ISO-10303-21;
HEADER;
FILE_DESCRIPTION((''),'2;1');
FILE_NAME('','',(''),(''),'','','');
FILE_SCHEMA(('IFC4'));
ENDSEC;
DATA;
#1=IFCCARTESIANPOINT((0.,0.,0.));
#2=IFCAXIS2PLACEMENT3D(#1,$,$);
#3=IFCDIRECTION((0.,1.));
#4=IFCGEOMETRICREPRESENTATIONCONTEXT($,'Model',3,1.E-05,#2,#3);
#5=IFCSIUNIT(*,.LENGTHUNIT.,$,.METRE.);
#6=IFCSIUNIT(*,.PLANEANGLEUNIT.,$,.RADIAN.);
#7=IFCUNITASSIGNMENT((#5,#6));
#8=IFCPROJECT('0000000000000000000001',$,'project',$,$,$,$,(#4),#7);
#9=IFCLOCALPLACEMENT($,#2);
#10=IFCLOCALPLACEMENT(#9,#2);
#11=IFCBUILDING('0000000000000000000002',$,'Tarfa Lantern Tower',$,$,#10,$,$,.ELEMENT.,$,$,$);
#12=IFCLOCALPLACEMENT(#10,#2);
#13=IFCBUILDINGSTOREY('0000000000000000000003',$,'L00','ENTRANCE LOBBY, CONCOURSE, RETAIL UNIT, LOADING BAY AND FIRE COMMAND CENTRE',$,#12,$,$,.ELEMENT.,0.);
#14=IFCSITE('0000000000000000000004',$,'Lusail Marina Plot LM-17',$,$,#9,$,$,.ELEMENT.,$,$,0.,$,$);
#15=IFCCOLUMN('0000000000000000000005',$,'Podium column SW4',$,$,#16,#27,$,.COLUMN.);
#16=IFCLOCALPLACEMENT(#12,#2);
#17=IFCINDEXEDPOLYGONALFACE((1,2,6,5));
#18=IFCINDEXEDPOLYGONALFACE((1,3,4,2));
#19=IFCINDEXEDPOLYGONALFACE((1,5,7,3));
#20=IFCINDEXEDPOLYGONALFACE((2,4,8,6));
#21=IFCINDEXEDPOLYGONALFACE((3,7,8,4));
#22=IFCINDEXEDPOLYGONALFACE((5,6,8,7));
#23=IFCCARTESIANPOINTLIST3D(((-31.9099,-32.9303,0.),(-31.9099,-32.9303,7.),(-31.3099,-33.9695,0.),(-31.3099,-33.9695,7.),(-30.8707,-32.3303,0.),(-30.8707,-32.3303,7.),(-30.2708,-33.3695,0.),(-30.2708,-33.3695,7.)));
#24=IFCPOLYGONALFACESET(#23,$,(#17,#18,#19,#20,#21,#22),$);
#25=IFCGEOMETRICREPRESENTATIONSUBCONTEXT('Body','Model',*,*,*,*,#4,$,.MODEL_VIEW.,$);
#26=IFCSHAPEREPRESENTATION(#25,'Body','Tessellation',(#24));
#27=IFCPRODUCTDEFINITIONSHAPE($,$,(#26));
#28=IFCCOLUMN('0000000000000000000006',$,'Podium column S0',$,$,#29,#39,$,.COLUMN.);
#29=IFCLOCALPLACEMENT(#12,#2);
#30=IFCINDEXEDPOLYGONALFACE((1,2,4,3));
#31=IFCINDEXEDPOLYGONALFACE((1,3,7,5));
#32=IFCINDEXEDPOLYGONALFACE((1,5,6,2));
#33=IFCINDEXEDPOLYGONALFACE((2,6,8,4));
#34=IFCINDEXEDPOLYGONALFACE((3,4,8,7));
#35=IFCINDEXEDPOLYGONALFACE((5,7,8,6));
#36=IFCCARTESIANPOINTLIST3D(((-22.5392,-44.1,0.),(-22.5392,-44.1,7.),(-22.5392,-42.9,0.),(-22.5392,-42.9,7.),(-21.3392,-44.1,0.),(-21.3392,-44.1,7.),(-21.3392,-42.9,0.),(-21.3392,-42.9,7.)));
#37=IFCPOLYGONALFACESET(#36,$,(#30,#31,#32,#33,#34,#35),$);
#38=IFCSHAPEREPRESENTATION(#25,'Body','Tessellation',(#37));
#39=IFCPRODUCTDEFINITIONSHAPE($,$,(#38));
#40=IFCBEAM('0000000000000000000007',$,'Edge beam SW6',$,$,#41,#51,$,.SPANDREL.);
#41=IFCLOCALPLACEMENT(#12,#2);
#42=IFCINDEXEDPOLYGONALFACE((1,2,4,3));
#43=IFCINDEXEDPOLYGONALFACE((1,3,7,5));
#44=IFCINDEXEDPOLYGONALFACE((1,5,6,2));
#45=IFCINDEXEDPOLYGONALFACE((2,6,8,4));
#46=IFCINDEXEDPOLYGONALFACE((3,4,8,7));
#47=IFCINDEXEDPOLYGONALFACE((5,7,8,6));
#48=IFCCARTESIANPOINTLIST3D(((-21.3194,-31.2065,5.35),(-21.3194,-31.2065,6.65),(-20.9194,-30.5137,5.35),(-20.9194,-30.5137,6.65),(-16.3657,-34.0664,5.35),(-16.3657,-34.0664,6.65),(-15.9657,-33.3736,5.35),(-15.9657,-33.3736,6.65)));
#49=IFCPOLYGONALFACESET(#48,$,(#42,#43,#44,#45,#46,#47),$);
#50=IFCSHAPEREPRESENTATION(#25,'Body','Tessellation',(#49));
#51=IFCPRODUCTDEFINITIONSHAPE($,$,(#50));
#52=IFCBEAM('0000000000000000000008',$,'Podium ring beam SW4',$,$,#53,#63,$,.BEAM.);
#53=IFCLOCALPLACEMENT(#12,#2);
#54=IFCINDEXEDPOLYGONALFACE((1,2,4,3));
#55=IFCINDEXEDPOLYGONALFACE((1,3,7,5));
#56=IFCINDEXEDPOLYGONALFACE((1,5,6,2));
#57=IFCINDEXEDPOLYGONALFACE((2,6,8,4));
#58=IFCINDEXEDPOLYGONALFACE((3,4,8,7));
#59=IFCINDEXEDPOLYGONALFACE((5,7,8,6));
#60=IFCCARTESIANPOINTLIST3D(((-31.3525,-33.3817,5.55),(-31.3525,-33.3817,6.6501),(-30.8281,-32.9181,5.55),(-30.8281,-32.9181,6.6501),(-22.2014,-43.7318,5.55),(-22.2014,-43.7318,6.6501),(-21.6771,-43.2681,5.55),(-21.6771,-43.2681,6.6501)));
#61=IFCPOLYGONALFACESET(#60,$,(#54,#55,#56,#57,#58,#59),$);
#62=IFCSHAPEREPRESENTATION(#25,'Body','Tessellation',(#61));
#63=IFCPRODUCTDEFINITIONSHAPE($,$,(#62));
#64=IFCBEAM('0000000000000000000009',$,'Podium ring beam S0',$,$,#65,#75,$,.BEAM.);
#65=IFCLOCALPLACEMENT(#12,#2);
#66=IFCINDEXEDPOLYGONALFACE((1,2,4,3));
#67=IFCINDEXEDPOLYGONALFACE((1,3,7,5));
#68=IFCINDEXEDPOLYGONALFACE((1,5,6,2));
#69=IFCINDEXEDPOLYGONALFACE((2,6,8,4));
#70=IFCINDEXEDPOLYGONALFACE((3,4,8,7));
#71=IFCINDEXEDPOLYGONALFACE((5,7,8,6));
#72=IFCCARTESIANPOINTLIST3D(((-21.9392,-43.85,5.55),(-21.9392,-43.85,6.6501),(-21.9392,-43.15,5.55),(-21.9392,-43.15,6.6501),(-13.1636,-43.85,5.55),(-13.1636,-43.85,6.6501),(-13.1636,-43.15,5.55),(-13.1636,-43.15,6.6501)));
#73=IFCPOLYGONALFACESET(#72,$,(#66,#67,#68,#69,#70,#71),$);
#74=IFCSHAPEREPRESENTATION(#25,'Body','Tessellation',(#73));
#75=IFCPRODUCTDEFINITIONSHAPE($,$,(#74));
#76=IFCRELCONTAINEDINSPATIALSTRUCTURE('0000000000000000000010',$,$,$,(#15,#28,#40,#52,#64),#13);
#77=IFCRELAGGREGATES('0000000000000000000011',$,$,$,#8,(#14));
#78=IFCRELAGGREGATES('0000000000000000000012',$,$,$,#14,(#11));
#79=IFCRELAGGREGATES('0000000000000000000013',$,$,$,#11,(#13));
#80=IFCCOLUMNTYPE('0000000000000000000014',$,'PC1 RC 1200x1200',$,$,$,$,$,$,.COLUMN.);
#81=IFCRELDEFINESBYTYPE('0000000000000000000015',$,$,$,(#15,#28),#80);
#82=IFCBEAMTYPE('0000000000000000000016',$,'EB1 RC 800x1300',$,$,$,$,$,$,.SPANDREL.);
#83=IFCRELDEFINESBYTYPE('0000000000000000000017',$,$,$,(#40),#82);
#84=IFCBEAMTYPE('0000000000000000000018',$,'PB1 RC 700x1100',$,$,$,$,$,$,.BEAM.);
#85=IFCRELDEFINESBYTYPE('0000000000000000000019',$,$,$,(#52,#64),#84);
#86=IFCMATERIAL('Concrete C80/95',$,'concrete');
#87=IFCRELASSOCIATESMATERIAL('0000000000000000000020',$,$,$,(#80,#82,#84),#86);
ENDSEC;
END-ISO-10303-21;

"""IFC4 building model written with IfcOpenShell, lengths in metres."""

from ifc_helpers import new_model, si_unit, direction, frame, origin, origin_2d, place, context, subcontext, project, spatial, rectangle, extrude, material, material_profile, profile_set, type_object, element, save


model = new_model("IFC4")

# Units and contexts
model_context = context("Model", 3, precision=1e-05, world=origin(), true_north=direction((0.0, 1.0)))
body_context = subcontext(model_context, "Body", "Model", "MODEL_VIEW")
ifc_project = project(units=[si_unit("LENGTHUNIT", "METRE"), si_unit("PLANEANGLEUNIT", "RADIAN")], contexts=[model_context])

# Site, building, storey
site_placement = place(None, origin())
site = spatial("IfcSite", under=ifc_project, at=site_placement, Name="Lusail Marina Plot LM-17", CompositionType="ELEMENT", RefElevation=0.0)
building_placement = place(site_placement, origin())
building = spatial("IfcBuilding", under=site, at=building_placement, Name="Tarfa Lantern Tower", CompositionType="ELEMENT")
storey_placement = place(building_placement, origin())
storey = spatial("IfcBuildingStorey", under=building, at=storey_placement, Name="L00", Description="ENTRANCE LOBBY, CONCOURSE, RETAIL UNIT, LOADING BAY AND FIRE COMMAND CENTRE", CompositionType="ELEMENT", Elevation=0.0)

# Columns
ifc_material_1 = material(Name="Concrete C80/95", Category="concrete")
ifc_material_profile_1 = material_profile(ifc_material_1, rectangle(XDim=1.2, YDim=1.2, at=origin_2d()), Name="RC 1200x1200")
ifc_profile_set_1 = profile_set([ifc_material_profile_1], Name="Concrete C80/95")
column_type = type_object("IfcColumnType", Name="PC1 RC 1200x1200", PredefinedType="COLUMN", material=ifc_profile_set_1)
for number, where, z_axis, x_axis, name in (
    (1, (-31.0903, -33.1499, 0.0), (0.0, 0.0, 1.0), (0.5, -0.866025, 0.0), "Podium column SW4"),
    (2, (-21.9392, -43.5, 0.0), (0.0, 0.0, 1.0), (1.0, 0.0, 0.0), "Podium column S0"),
):
    element("IfcColumn", number, at=place(storey_placement, frame(where, z_axis=z_axis, x_axis=x_axis)), inside=storey, type_object=column_type, Name=name, PredefinedType="COLUMN", context=body_context, shape_type="SweptSolid", body=[
        extrude(rectangle(XDim=1.2, YDim=1.2, at=origin_2d()), origin(), (0.0, 0.0, 1.0), 7.0),
    ])

# Beams
ifc_material_profile_2 = material_profile(ifc_material_1, rectangle(XDim=0.8, YDim=1.3, at=origin_2d()), Name="RC 800x1300")
ifc_profile_set_2 = profile_set([ifc_material_profile_2], Name="Concrete C80/95")
beam_type_1 = type_object("IfcBeamType", Name="EB1 RC 800x1300", PredefinedType="SPANDREL", material=ifc_profile_set_2)
beam_1_placement = place(storey_placement, frame((-21.1194, -30.8601, 6.0), z_axis=(0.866033, -0.499986, 0.0), x_axis=(0.499986, 0.866033, 0.0)))
element("IfcBeam", 3, at=beam_1_placement, inside=storey, type_object=beam_type_1, Name="Edge beam SW6", PredefinedType="SPANDREL", context=body_context, shape_type="SweptSolid", body=[
    extrude(rectangle(XDim=0.8, YDim=1.3, at=origin_2d()), origin(), (0.0, 0.0, 1.0), 5.72),
])
ifc_material_profile_3 = material_profile(ifc_material_1, rectangle(XDim=0.7, YDim=1.1001, at=origin_2d()), Name="RC 700x1100")
ifc_profile_set_3 = profile_set([ifc_material_profile_3], Name="Concrete C80/95")
beam_type_2 = type_object("IfcBeamType", Name="PB1 RC 700x1100", PredefinedType="BEAM", material=ifc_profile_set_3)
beam_2_placement = place(storey_placement, frame((-31.0903, -33.1499, 6.1001), z_axis=(0.662382, -0.749167, 0.0), x_axis=(0.749167, 0.662382, 0.0)))
element("IfcBeam", 4, at=beam_2_placement, inside=storey, type_object=beam_type_2, Name="Podium ring beam SW4", PredefinedType="BEAM", context=body_context, shape_type="SweptSolid", body=[
    extrude(rectangle(XDim=0.7, YDim=1.1001, at=origin_2d()), origin(), (0.0, 0.0, 1.0), 13.8154),
])
beam_3_placement = place(storey_placement, frame((-21.9392, -43.5, 6.1001), z_axis=(1.0, 0.0, 0.0), x_axis=(0.0, 1.0, 0.0)))
element("IfcBeam", 5, at=beam_3_placement, inside=storey, type_object=beam_type_2, Name="Podium ring beam S0", PredefinedType="BEAM", context=body_context, shape_type="SweptSolid", body=[
    extrude(rectangle(XDim=0.7, YDim=1.1001, at=origin_2d()), origin(), (0.0, 0.0, 1.0), 8.7756),
])

save(model, "model.ifc")
